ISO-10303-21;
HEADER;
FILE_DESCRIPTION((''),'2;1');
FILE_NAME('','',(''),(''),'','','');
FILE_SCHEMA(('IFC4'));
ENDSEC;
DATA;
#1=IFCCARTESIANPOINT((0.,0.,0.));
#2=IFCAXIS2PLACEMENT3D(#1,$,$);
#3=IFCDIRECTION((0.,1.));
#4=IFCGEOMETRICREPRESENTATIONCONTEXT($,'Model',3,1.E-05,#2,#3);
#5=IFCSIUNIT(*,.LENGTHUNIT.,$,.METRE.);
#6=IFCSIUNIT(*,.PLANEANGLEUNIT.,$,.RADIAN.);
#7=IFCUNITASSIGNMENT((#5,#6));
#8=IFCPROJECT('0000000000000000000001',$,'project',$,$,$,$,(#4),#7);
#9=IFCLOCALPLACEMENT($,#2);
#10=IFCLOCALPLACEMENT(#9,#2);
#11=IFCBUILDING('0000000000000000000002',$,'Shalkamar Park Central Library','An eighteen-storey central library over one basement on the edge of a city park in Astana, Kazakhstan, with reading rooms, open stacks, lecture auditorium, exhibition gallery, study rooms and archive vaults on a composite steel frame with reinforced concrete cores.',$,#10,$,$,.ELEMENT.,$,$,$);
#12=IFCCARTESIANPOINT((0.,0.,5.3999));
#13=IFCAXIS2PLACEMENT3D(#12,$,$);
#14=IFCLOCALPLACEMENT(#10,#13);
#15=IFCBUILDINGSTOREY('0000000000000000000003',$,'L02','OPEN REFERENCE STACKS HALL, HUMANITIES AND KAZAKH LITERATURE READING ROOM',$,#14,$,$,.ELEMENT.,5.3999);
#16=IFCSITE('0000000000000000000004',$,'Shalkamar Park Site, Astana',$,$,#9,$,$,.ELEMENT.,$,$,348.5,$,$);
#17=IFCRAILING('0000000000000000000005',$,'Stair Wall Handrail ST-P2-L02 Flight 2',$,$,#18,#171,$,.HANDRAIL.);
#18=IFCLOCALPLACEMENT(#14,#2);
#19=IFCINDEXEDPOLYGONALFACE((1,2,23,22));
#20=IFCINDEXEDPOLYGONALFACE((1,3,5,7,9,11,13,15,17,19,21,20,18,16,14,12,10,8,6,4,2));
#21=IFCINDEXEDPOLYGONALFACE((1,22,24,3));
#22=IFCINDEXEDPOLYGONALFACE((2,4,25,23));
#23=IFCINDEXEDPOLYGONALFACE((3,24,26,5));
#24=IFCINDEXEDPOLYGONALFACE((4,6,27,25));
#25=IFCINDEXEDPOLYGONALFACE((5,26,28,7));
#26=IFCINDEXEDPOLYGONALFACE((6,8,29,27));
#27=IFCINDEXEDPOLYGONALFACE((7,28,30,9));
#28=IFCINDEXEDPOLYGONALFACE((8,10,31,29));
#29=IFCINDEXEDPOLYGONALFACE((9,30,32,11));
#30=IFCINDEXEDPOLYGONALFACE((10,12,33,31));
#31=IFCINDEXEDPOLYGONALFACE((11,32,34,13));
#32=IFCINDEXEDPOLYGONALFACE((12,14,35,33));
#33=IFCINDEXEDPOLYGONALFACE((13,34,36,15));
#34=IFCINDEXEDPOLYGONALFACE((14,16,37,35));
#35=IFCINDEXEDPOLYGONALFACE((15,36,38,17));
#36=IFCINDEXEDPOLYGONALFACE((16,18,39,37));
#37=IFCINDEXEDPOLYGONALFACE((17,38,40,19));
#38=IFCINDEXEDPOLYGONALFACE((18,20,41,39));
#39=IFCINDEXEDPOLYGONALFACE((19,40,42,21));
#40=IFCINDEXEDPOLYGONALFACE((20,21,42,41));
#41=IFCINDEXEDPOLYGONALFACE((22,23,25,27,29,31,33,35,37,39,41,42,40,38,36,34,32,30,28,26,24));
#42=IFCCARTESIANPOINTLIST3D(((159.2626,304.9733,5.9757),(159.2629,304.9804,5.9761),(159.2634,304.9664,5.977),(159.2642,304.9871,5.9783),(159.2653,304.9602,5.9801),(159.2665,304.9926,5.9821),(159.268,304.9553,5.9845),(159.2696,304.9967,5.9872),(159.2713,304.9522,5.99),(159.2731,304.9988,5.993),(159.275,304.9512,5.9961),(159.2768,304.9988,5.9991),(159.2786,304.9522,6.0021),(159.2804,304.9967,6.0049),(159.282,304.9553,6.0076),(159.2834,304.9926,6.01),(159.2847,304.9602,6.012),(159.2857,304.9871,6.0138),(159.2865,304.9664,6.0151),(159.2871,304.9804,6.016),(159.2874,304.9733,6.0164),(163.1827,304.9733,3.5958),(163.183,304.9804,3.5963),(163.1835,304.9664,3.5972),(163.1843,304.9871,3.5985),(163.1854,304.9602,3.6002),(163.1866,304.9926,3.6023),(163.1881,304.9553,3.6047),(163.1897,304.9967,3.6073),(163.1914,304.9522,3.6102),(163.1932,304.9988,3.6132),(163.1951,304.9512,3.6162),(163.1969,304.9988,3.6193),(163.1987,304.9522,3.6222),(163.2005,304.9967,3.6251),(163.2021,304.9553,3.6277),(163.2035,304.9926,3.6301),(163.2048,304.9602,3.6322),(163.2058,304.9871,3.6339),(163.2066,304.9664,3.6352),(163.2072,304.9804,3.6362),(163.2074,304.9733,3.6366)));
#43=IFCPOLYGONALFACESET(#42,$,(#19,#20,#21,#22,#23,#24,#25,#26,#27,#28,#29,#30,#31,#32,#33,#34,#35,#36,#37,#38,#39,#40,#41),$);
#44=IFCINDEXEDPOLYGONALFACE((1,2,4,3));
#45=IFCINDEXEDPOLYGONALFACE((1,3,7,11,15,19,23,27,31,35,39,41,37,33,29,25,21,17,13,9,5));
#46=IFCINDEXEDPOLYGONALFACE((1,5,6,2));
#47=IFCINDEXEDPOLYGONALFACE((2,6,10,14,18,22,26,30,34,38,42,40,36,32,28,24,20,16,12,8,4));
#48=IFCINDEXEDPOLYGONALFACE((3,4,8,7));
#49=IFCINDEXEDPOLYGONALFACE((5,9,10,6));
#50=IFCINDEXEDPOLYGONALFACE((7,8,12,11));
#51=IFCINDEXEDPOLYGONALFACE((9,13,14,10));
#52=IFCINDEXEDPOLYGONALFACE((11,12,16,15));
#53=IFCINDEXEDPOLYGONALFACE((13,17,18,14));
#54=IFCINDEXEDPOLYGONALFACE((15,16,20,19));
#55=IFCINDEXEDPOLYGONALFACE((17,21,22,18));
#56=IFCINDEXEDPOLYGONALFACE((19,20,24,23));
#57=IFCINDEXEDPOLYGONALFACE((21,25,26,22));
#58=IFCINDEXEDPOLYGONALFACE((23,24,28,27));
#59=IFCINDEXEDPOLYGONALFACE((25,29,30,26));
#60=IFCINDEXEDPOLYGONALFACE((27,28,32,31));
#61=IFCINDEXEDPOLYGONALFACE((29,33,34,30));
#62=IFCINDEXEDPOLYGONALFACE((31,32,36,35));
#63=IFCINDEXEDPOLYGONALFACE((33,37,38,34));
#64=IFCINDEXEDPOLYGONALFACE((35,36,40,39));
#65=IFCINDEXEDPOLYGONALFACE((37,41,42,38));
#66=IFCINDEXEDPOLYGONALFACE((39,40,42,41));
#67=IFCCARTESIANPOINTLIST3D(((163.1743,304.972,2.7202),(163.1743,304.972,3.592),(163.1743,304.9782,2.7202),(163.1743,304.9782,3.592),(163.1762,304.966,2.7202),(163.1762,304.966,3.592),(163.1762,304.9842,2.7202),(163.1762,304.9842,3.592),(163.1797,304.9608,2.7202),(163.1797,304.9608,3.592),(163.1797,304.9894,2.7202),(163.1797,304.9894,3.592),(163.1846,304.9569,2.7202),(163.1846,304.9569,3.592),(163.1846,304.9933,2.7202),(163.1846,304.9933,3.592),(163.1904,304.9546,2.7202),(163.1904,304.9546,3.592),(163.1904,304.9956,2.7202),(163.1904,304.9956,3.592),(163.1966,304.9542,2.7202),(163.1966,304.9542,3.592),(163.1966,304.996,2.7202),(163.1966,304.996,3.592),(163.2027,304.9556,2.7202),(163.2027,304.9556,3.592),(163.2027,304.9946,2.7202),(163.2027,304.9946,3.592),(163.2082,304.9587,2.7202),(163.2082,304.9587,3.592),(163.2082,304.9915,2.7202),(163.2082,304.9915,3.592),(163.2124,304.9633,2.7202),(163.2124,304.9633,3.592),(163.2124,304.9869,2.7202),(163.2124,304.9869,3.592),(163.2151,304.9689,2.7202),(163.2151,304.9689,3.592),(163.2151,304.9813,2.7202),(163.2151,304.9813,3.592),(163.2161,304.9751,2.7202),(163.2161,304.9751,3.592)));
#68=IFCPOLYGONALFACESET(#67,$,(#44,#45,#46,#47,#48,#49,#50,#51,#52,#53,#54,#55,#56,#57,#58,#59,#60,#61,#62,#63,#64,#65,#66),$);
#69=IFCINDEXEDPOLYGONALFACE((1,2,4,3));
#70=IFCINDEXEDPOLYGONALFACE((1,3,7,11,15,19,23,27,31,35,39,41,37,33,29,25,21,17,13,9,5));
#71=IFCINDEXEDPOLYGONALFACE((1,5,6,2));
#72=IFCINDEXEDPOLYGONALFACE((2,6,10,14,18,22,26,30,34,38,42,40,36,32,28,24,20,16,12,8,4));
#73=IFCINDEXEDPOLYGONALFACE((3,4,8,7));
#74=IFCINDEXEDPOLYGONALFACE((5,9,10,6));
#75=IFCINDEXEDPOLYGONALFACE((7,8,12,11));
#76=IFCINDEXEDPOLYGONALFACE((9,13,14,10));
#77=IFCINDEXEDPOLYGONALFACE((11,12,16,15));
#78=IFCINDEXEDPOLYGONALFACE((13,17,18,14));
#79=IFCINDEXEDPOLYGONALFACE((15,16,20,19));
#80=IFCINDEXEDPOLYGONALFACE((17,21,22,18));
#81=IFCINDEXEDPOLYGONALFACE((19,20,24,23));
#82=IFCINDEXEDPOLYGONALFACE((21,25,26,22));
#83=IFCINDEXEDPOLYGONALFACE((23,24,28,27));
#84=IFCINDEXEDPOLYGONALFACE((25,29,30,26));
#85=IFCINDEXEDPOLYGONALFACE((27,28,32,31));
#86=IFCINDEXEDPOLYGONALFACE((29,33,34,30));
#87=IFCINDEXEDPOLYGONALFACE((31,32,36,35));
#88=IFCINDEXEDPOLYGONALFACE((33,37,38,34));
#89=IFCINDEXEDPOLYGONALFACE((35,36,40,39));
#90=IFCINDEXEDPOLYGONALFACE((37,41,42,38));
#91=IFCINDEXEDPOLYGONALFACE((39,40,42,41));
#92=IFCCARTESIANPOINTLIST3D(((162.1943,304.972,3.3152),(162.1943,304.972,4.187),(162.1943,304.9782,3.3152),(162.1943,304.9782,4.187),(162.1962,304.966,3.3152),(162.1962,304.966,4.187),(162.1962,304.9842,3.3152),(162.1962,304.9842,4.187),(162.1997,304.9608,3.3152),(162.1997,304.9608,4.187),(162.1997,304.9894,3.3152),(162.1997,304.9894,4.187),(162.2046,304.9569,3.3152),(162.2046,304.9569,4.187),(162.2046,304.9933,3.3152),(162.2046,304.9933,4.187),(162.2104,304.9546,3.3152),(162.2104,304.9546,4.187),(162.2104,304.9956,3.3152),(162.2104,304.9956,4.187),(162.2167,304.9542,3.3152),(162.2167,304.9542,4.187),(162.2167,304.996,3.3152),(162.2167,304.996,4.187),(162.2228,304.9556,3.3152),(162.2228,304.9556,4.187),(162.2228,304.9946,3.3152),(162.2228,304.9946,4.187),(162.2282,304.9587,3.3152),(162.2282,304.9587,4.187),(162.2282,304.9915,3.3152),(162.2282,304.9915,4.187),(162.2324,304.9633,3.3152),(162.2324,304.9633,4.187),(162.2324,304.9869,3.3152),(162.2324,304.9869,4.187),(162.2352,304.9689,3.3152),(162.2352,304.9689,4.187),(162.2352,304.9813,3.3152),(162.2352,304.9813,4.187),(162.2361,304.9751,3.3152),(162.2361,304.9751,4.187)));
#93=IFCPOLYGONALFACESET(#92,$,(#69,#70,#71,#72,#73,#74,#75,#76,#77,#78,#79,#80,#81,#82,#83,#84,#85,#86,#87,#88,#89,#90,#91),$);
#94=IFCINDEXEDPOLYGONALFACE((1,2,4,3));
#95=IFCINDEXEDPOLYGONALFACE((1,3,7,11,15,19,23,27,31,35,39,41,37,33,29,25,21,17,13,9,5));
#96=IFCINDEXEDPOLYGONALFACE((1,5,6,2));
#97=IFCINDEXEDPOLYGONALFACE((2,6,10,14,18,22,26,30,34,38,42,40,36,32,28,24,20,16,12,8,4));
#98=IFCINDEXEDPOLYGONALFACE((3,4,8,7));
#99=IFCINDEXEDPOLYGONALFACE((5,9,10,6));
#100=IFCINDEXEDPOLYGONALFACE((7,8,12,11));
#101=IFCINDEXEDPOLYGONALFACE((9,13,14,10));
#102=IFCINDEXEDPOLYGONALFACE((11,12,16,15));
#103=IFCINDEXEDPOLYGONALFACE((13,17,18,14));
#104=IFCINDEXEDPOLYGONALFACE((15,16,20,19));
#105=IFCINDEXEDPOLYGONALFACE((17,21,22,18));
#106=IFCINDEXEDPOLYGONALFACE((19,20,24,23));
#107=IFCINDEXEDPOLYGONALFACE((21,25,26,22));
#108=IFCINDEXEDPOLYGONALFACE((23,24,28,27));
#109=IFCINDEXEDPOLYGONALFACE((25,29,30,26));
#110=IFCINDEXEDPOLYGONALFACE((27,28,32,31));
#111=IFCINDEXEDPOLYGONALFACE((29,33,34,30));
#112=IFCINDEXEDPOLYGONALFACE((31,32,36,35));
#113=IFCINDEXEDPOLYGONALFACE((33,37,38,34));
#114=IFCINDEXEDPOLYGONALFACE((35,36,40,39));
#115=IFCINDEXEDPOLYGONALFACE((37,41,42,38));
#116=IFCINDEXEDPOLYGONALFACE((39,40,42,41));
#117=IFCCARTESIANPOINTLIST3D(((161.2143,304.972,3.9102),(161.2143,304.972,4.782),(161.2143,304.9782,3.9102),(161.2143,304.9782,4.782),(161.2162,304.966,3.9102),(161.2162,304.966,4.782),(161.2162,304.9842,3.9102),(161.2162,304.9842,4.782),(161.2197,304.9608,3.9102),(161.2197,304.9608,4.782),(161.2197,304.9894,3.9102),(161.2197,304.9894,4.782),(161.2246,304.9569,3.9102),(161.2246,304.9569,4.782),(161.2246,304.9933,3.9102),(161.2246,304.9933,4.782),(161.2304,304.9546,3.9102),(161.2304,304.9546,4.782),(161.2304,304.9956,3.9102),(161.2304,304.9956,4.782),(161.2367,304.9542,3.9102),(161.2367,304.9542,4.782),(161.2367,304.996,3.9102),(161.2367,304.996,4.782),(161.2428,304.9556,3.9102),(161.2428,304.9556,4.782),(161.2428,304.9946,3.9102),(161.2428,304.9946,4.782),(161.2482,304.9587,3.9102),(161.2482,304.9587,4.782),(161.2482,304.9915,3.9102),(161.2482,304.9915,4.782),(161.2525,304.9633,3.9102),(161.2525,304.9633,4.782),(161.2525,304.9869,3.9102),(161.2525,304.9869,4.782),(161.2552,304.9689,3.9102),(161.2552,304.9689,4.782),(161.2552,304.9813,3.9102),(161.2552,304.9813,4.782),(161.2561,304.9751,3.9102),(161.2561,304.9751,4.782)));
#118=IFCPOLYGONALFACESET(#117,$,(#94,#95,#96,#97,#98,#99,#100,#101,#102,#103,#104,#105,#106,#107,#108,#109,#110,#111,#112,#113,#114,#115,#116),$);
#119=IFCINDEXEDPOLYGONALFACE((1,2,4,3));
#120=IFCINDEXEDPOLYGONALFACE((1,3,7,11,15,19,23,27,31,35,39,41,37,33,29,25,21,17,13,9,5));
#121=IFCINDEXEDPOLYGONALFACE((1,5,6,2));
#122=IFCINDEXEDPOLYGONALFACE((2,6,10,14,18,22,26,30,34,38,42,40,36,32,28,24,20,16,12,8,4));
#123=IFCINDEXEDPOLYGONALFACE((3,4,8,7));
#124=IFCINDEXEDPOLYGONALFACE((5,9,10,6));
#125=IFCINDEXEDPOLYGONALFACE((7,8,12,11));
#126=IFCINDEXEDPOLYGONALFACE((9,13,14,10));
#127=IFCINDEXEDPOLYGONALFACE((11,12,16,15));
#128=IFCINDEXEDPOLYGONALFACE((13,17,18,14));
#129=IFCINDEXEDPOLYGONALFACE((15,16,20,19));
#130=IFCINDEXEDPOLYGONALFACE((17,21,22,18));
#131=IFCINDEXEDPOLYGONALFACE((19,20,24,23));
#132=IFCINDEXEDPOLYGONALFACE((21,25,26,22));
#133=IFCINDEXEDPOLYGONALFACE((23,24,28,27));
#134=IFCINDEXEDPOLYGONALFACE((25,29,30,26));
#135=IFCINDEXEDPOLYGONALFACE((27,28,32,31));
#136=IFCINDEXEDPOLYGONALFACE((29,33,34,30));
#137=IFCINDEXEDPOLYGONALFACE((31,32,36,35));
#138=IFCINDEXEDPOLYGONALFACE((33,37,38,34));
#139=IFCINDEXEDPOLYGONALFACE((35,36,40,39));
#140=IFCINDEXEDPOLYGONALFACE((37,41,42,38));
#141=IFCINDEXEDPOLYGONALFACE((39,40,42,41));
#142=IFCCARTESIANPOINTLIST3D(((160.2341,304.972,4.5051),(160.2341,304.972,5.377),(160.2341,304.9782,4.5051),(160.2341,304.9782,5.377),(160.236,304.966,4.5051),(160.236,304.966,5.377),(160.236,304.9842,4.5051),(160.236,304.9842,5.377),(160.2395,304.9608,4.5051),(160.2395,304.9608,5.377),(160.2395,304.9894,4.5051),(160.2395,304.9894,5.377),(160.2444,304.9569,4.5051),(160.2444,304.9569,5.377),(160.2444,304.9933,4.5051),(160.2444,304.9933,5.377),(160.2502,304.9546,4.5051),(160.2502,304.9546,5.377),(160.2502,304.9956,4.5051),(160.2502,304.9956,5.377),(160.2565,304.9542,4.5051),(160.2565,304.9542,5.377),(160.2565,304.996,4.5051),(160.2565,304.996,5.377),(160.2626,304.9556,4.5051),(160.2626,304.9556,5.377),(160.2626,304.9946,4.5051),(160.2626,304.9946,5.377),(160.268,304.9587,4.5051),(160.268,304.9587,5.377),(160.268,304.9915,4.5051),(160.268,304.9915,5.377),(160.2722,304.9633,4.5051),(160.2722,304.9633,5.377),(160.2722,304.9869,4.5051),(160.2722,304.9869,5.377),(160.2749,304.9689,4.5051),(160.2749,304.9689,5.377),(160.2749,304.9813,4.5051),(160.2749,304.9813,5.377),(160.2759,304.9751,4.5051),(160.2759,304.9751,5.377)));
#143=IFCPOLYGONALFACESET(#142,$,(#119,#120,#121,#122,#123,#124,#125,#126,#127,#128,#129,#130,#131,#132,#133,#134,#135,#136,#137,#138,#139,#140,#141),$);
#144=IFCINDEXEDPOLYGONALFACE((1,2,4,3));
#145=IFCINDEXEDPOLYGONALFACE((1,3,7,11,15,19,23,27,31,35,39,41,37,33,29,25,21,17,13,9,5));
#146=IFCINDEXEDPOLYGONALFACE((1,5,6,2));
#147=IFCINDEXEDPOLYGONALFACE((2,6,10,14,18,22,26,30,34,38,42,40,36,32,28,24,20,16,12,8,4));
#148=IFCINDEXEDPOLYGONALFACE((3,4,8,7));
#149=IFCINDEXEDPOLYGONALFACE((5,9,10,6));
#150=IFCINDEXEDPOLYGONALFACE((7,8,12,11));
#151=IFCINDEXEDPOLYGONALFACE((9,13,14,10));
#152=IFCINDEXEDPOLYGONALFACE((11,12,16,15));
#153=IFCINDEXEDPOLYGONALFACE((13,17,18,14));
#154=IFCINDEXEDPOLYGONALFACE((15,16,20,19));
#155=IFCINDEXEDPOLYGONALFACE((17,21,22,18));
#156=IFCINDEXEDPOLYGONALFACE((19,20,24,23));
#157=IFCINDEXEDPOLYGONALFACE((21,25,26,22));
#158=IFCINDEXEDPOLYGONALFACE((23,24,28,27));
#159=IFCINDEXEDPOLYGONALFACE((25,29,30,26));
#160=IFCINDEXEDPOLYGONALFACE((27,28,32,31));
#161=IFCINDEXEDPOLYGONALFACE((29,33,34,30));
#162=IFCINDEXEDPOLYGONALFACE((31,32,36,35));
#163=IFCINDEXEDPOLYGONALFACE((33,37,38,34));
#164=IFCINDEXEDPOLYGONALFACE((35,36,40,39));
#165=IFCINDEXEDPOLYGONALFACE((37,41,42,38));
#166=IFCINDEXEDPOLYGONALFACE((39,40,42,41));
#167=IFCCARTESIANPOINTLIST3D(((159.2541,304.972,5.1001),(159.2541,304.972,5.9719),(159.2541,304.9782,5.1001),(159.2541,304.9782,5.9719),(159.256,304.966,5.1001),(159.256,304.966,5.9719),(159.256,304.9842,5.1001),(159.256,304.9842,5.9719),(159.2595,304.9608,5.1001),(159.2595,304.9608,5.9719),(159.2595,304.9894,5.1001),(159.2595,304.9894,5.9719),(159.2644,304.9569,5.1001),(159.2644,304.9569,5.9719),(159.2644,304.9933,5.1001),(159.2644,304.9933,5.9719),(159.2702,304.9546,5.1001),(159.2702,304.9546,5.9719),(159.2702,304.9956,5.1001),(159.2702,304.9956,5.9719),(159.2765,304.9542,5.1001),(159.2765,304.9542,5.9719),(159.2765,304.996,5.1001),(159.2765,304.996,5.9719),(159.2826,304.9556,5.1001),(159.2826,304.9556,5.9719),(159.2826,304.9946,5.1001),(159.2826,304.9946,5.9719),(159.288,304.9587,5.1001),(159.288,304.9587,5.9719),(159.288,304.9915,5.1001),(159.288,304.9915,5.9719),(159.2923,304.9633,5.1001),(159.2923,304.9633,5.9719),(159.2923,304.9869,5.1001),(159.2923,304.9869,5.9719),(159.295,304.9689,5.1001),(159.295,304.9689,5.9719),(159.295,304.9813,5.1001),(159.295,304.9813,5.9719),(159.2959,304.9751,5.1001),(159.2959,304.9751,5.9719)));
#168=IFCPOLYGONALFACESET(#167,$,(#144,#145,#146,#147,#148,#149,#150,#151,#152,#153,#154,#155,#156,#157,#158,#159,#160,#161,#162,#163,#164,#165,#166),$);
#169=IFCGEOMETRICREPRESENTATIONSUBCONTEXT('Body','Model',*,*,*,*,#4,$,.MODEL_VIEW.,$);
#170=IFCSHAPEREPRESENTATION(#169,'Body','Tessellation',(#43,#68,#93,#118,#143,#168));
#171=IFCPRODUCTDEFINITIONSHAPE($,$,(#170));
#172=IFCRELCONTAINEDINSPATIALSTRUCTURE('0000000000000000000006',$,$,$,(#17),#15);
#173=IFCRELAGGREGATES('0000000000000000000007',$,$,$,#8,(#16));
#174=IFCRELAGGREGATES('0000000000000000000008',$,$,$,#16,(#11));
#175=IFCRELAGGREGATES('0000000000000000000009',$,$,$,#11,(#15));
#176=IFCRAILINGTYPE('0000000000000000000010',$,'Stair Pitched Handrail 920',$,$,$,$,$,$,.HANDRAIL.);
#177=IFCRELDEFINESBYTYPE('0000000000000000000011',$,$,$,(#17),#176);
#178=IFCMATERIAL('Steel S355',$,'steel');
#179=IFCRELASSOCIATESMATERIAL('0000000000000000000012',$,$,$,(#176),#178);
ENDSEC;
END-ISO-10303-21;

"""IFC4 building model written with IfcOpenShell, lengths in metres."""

from ifc_helpers import new_model, si_unit, direction, frame, origin, origin_2d, place, context, subcontext, project, spatial, circle, extrude, material, type_object, element, save


model = new_model("IFC4")

# Units and contexts
model_context = context("Model", 3, precision=1e-05, world=origin(), true_north=direction((0.0, 1.0)))
body_context = subcontext(model_context, "Body", "Model", "MODEL_VIEW")
ifc_project = project(units=[si_unit("LENGTHUNIT", "METRE"), si_unit("PLANEANGLEUNIT", "RADIAN")], contexts=[model_context])

# Site, building, storey
site_placement = place(None, origin())
site = spatial("IfcSite", under=ifc_project, at=site_placement, Name="Shalkamar Park Site, Astana", CompositionType="ELEMENT", RefElevation=348.5)
building_placement = place(site_placement, origin())
building = spatial("IfcBuilding", under=site, at=building_placement, Name="Shalkamar Park Central Library", Description="An eighteen-storey central library over one basement on the edge of a city park in Astana, Kazakhstan, with reading rooms, open stacks, lecture auditorium, exhibition gallery, study rooms and archive vaults on a composite steel frame with reinforced concrete cores.", CompositionType="ELEMENT")
storey_placement = place(building_placement, frame((0.0, 0.0, 5.3999)))
storey = spatial("IfcBuildingStorey", under=building, at=storey_placement, Name="L02", Description="OPEN REFERENCE STACKS HALL, HUMANITIES AND KAZAKH LITERATURE READING ROOM", CompositionType="ELEMENT", Elevation=5.3999)

# Shared definitions
ifc_material_1 = material(Name="Steel S355", Category="steel")

# Railing
railing_type_1 = type_object("IfcRailingType", Name="Stair Pitched Handrail 920", PredefinedType="HANDRAIL", material=ifc_material_1)
railing_1_placement = place(storey_placement, frame((163.1951, 304.9751, 2.7202)))
element("IfcRailing", 1, at=railing_1_placement, inside=storey, type_object=railing_type_1, Name="Stair Wall Handrail ST-P2-L02 Flight 2", PredefinedType="HANDRAIL", context=body_context, shape_type="SweptSolid", body=[
    extrude(circle(Radius=0.0239, at=origin_2d()), frame((0.0, 0.0, 0.896), z_axis=(-0.854809, 0.0, 0.518943), x_axis=(0.0, -1.0, 0.0)), (0.0, 0.0, 1.0), 4.5859),
    extrude(circle(Radius=0.021, at=origin_2d()), origin(), (0.0, 0.0, 1.0), 0.8718),
    extrude(circle(Radius=0.021, at=origin_2d()), frame((-0.98, 0.0, 0.595)), (0.0, 0.0, 1.0), 0.8718),
    extrude(circle(Radius=0.021, at=origin_2d()), frame((-1.96, 0.0, 1.1899)), (0.0, 0.0, 1.0), 0.8718),
    extrude(circle(Radius=0.021, at=origin_2d()), frame((-2.9402, 0.0, 1.7849)), (0.0, 0.0, 1.0), 0.8718),
    extrude(circle(Radius=0.021, at=origin_2d()), frame((-3.9202, 0.0, 2.3799)), (0.0, 0.0, 1.0), 0.8718),
])

save(model, "model.ifc")
